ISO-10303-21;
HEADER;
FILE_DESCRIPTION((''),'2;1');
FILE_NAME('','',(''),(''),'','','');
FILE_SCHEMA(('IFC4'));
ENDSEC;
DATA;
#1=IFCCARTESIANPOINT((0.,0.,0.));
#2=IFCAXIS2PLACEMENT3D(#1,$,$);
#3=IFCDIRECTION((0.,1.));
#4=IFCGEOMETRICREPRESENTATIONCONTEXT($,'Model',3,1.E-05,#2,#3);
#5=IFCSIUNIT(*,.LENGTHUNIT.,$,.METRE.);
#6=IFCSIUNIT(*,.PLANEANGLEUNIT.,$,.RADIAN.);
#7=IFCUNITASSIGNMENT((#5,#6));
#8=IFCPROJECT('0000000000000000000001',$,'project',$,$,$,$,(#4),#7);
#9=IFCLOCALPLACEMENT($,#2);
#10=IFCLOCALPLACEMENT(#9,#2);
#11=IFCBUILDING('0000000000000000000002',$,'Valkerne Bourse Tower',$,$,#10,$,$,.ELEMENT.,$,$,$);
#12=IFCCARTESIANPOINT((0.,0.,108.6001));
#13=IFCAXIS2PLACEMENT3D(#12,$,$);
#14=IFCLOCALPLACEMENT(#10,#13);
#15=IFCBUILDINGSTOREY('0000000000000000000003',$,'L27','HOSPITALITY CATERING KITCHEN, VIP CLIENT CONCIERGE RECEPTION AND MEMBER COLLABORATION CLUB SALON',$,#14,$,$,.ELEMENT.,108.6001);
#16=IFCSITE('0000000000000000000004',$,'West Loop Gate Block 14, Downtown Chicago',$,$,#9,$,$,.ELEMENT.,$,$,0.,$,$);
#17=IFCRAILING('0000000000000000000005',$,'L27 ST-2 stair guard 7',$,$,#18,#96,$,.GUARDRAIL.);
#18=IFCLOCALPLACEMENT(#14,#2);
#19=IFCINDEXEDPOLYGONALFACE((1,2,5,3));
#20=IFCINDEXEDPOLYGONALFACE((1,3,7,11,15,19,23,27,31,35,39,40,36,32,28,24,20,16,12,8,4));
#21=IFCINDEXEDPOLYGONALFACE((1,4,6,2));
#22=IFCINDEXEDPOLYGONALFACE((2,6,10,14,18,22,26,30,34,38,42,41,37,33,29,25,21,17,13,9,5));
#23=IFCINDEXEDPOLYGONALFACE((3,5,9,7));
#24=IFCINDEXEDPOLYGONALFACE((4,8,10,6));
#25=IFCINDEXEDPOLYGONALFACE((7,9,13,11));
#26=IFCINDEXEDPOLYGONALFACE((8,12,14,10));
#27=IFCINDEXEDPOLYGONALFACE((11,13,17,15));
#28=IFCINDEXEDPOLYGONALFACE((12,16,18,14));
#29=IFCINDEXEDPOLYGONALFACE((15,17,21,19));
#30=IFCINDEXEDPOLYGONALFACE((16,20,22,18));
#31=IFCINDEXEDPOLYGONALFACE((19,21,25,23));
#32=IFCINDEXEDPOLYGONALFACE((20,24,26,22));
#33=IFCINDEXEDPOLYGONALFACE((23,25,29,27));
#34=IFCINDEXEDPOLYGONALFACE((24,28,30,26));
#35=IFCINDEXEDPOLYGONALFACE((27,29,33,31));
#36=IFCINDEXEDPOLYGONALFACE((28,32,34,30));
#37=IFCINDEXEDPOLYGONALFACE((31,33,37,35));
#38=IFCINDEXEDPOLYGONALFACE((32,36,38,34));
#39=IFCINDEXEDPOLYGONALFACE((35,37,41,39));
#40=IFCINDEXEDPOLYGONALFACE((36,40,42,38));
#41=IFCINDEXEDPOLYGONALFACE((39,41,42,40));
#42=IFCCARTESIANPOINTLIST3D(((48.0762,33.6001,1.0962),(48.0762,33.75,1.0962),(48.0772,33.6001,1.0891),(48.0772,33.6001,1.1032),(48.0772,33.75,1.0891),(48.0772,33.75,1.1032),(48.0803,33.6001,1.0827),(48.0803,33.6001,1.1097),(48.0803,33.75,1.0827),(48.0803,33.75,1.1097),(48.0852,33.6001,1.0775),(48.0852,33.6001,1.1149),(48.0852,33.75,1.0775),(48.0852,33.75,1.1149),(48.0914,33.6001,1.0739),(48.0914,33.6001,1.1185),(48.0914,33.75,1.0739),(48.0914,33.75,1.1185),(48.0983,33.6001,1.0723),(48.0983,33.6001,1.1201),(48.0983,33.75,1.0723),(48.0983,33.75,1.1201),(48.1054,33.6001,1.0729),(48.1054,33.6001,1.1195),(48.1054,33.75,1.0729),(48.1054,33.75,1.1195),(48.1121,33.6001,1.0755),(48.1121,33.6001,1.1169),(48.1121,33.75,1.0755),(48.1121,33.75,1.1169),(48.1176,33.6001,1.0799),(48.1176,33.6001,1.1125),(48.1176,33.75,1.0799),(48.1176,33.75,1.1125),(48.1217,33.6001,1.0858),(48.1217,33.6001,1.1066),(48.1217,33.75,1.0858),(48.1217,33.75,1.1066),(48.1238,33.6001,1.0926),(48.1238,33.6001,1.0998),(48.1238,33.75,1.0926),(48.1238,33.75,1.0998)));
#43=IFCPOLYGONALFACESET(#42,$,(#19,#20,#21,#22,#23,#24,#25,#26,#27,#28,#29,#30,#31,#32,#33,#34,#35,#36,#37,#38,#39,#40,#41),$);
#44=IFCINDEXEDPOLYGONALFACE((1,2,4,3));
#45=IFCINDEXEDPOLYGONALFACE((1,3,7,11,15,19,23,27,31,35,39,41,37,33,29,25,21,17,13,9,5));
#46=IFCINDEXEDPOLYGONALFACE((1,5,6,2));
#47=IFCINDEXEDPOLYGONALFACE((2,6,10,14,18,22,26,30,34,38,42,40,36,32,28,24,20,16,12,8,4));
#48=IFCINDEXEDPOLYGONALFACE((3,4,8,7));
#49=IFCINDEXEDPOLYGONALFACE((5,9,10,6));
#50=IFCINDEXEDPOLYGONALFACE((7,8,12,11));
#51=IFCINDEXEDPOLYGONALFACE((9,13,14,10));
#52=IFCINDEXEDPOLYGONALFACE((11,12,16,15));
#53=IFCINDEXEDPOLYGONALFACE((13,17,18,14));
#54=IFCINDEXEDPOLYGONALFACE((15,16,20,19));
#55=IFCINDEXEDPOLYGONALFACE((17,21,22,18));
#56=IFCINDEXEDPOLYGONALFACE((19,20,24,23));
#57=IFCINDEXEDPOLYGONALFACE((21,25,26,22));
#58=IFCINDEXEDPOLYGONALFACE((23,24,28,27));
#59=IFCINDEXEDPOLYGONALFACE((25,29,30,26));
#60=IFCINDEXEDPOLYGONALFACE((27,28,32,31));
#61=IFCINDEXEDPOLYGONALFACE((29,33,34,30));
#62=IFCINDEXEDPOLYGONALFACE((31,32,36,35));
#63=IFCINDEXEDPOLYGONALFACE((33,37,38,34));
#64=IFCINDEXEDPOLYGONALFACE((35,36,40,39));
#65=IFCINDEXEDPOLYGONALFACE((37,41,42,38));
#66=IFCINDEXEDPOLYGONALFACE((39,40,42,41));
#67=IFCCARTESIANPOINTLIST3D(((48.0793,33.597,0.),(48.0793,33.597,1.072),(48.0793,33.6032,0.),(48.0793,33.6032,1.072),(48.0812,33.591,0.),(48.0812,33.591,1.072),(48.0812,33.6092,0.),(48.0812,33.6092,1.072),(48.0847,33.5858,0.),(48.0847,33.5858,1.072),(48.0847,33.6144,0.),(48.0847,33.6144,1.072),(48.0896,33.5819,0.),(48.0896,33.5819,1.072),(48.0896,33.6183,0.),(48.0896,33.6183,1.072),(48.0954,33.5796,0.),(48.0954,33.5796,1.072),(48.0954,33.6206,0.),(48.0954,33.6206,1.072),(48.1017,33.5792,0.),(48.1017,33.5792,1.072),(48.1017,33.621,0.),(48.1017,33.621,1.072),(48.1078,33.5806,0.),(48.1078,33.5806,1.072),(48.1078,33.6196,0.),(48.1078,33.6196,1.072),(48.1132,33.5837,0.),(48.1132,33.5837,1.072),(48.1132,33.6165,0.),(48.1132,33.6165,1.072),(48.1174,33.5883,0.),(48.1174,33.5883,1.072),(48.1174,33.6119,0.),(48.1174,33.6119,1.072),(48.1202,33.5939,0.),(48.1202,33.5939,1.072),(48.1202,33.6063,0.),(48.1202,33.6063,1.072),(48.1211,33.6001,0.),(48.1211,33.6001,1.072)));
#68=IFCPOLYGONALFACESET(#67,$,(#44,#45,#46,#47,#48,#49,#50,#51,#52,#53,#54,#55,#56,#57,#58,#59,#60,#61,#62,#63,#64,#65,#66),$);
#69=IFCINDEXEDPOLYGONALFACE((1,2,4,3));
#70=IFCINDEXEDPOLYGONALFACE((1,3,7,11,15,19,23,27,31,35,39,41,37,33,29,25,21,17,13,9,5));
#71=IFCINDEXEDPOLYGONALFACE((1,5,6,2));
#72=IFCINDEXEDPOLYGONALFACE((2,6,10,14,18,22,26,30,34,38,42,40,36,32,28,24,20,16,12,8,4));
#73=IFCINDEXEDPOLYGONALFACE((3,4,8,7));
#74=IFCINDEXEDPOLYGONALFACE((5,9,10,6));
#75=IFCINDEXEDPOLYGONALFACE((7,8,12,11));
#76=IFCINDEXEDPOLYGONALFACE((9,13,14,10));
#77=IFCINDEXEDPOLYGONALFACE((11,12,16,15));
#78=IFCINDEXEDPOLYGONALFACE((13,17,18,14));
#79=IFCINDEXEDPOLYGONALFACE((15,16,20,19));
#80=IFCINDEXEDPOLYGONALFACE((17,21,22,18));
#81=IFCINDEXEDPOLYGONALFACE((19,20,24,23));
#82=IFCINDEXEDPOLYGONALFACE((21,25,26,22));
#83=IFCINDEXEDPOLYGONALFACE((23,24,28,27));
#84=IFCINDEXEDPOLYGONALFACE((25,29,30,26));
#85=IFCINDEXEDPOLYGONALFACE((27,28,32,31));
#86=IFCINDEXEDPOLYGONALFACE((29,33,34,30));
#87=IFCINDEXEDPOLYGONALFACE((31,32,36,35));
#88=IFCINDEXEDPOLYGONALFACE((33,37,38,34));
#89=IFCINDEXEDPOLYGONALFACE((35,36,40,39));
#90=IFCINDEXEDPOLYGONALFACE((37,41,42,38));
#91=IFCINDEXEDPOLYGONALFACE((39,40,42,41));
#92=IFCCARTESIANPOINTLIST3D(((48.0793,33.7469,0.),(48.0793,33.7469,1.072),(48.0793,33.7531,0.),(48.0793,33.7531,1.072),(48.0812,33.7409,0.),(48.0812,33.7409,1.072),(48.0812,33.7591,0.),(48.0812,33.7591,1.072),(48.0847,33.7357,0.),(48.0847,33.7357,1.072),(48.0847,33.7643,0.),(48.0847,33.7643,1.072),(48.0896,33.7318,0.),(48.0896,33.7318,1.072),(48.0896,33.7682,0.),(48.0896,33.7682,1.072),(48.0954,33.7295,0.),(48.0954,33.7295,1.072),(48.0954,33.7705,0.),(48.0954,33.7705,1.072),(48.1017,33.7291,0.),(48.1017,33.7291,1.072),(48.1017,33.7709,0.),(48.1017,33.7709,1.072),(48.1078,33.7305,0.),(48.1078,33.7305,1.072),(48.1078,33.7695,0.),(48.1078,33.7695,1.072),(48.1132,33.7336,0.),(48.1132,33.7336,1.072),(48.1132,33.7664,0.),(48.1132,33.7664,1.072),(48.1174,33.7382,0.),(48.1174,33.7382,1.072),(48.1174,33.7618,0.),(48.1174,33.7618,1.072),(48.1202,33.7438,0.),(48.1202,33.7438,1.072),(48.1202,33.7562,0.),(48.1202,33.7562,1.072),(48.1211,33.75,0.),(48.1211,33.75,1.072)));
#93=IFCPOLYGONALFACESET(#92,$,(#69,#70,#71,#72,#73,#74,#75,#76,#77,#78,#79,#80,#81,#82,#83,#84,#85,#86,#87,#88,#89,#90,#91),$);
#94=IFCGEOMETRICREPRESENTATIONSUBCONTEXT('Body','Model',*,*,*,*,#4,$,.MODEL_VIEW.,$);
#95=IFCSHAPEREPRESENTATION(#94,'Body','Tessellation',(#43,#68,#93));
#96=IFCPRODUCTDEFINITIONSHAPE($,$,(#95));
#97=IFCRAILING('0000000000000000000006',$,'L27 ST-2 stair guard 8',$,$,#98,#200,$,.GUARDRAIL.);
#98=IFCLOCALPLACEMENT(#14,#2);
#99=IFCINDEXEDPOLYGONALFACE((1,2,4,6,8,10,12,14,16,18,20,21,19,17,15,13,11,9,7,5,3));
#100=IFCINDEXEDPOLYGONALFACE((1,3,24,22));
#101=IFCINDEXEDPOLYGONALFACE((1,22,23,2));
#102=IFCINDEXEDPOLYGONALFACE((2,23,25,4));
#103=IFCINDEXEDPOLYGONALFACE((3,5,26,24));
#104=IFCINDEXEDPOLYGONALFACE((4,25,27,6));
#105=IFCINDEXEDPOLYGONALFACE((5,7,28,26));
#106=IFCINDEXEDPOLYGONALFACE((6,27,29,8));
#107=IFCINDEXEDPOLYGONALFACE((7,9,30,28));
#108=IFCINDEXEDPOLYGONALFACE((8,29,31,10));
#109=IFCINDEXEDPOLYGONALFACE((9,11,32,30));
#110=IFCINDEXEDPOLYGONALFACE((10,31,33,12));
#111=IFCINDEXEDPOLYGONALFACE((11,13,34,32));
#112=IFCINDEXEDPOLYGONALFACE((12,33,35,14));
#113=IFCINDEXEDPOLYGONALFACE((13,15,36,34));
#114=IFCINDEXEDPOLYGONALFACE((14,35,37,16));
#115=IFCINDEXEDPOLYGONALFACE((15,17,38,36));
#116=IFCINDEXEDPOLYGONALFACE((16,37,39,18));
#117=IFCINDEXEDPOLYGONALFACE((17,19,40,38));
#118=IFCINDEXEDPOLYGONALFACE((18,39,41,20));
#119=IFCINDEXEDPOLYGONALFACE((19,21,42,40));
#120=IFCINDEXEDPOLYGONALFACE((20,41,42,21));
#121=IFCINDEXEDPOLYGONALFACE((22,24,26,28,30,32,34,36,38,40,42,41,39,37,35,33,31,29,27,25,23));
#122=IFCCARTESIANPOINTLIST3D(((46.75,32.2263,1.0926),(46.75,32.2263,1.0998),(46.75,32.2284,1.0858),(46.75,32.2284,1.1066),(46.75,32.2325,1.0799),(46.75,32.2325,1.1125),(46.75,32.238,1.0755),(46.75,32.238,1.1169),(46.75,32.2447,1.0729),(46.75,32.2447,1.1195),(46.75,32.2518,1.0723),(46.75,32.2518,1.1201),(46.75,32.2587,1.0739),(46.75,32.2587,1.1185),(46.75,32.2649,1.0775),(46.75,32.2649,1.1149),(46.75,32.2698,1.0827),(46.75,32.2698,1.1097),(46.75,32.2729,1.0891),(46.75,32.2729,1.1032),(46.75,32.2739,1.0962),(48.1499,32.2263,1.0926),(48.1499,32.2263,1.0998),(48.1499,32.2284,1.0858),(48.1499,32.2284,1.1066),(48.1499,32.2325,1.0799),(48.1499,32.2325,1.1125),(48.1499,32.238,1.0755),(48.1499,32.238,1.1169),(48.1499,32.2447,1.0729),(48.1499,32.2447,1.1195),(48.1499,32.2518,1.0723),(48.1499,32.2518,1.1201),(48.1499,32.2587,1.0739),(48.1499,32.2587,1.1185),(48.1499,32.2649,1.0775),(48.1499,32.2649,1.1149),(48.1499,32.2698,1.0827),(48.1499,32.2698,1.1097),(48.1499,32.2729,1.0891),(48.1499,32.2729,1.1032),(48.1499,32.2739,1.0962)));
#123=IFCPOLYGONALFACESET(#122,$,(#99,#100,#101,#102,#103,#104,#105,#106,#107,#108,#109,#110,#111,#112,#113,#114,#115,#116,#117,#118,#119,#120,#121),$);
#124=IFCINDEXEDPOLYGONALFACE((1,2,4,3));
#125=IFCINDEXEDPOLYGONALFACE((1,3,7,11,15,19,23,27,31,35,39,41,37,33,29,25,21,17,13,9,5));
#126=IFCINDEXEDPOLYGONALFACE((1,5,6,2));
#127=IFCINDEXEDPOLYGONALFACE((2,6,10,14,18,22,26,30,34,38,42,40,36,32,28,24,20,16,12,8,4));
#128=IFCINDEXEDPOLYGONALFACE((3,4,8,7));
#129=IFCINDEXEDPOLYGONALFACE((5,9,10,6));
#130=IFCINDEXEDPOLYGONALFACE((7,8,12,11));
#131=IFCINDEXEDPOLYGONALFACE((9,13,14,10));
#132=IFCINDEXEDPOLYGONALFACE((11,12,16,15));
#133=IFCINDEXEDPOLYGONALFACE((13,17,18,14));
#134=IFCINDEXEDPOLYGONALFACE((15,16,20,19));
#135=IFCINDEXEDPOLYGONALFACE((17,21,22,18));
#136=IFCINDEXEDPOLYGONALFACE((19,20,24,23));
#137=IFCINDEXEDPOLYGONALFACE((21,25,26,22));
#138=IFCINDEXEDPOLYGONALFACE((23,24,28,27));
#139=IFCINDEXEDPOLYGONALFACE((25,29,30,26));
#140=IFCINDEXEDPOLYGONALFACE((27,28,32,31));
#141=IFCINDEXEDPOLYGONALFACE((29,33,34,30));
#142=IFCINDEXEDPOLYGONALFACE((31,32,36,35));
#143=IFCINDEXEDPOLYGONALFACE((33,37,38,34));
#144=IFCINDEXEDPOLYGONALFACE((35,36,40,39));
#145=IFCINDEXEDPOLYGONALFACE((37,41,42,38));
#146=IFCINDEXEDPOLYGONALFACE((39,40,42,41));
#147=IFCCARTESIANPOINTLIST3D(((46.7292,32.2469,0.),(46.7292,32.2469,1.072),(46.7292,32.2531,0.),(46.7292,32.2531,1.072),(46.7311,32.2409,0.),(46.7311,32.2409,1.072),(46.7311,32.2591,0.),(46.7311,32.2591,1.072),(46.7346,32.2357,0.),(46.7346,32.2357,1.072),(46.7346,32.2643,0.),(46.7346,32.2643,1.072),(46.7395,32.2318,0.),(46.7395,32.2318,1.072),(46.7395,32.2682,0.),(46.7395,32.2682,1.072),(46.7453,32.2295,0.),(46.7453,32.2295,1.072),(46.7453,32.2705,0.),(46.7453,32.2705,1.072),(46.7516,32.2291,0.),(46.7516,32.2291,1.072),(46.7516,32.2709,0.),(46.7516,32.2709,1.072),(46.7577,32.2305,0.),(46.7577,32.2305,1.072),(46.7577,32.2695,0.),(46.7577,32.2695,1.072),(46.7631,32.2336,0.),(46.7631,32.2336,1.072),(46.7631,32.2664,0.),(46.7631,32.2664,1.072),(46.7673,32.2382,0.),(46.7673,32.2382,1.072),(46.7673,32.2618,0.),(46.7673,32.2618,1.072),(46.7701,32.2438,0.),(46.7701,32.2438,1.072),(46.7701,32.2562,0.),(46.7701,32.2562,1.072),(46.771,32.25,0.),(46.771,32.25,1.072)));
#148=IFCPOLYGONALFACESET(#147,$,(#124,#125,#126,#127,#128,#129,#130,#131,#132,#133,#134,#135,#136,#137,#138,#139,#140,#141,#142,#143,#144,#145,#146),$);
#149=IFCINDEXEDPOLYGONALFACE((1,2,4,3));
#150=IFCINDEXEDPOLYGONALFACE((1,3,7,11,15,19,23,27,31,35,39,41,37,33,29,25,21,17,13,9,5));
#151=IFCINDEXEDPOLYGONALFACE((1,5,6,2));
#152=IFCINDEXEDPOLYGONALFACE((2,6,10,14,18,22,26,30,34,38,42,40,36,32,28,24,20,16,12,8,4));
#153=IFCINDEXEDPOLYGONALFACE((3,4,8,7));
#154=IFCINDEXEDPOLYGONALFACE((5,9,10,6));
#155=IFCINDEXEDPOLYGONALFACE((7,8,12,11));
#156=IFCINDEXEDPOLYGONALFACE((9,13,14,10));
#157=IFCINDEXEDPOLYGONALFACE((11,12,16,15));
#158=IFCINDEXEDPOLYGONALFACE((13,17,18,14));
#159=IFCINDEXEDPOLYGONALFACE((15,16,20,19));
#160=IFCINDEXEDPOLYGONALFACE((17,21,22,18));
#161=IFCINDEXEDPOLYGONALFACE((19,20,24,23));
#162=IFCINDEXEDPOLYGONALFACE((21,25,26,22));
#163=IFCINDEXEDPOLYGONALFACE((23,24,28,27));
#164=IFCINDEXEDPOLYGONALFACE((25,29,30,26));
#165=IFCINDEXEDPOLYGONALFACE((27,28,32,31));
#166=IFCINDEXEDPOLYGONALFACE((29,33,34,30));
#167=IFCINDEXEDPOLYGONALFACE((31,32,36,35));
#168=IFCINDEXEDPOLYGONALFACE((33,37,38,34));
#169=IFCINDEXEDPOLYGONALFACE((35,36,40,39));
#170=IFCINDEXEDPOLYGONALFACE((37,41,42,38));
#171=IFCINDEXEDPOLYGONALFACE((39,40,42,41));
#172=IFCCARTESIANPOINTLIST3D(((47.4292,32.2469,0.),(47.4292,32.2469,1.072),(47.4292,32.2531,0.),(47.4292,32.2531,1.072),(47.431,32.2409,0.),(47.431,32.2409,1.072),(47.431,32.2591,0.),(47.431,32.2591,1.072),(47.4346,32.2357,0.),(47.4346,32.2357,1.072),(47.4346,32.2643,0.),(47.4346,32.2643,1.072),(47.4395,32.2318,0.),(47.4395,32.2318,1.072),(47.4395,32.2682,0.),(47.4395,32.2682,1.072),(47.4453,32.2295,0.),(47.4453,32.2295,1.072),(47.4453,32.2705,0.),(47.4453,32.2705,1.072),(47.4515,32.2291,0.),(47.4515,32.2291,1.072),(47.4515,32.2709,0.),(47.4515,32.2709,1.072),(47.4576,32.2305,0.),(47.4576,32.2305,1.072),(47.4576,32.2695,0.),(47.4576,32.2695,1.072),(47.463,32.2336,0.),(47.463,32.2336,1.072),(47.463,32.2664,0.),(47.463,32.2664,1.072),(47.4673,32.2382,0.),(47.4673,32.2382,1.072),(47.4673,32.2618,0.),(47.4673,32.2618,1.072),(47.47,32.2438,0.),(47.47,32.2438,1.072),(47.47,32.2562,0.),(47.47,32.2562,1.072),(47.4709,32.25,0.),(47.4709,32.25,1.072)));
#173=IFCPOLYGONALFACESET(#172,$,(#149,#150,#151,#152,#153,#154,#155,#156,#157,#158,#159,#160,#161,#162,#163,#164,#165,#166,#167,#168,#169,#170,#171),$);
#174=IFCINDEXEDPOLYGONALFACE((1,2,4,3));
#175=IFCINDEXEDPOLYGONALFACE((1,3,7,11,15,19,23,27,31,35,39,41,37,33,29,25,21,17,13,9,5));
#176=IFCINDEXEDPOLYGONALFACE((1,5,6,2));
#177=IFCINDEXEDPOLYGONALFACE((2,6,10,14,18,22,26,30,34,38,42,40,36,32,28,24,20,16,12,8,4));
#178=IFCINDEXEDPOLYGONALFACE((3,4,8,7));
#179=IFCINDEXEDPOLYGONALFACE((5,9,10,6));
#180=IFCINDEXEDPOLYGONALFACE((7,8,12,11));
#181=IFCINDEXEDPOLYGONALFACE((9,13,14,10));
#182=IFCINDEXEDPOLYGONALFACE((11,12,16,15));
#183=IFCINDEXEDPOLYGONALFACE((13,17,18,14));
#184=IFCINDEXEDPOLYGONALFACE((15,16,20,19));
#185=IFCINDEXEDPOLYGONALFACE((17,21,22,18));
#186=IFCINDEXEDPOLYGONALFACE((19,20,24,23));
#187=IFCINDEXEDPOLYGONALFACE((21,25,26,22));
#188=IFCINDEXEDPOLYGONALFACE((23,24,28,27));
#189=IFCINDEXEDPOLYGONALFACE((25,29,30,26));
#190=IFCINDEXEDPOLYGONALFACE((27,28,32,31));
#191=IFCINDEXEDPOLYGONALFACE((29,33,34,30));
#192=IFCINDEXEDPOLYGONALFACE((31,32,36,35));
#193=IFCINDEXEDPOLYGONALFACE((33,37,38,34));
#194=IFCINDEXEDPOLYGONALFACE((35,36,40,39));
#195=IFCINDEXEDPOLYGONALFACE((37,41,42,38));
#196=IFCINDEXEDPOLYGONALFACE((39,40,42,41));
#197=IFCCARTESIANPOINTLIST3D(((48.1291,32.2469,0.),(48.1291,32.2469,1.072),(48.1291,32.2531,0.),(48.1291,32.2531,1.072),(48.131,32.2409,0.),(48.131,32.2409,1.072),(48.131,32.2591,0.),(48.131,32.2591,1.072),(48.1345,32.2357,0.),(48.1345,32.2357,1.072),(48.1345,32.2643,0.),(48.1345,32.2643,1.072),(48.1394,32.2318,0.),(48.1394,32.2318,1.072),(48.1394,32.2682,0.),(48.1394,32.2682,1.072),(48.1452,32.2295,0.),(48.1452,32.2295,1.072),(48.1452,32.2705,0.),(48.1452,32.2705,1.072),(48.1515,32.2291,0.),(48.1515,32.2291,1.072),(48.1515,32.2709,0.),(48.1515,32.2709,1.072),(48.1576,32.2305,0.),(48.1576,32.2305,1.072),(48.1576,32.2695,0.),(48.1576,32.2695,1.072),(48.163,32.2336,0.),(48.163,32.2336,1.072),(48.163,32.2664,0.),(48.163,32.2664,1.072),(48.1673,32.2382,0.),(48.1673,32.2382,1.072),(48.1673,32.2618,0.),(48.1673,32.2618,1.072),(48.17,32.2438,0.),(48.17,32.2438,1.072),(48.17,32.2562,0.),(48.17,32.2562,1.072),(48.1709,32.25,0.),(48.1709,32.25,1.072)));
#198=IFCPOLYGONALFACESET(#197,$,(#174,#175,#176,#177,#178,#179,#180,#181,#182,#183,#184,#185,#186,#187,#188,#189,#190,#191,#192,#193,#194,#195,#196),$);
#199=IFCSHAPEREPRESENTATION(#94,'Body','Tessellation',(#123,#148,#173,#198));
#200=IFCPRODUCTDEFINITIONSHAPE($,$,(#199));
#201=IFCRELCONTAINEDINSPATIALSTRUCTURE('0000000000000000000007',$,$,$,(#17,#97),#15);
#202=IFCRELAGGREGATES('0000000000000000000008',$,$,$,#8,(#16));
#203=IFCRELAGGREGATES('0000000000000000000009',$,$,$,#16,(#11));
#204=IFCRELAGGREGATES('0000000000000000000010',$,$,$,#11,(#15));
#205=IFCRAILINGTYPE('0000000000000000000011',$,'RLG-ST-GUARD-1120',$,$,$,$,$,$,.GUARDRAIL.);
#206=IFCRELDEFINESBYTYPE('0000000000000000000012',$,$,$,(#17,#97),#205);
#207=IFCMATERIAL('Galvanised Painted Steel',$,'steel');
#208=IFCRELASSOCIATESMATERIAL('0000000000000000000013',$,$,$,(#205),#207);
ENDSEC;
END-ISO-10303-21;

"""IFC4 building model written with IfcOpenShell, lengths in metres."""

from ifc_helpers import new_model, si_unit, direction, frame, origin, origin_2d, place, context, subcontext, project, spatial, circle, extrude, material, type_object, element, save


model = new_model("IFC4")

# Units and contexts
model_context = context("Model", 3, precision=1e-05, world=origin(), true_north=direction((0.0, 1.0)))
body_context = subcontext(model_context, "Body", "Model", "MODEL_VIEW")
ifc_project = project(units=[si_unit("LENGTHUNIT", "METRE"), si_unit("PLANEANGLEUNIT", "RADIAN")], contexts=[model_context])

# Site, building, storey
site_placement = place(None, origin())
site = spatial("IfcSite", under=ifc_project, at=site_placement, Name="West Loop Gate Block 14, Downtown Chicago", CompositionType="ELEMENT", RefElevation=0.0)
building_placement = place(site_placement, origin())
building = spatial("IfcBuilding", under=site, at=building_placement, Name="Valkerne Bourse Tower", CompositionType="ELEMENT")
storey_placement = place(building_placement, frame((0.0, 0.0, 108.6001)))
storey = spatial("IfcBuildingStorey", under=building, at=storey_placement, Name="L27", Description="HOSPITALITY CATERING KITCHEN, VIP CLIENT CONCIERGE RECEPTION AND MEMBER COLLABORATION CLUB SALON", CompositionType="ELEMENT", Elevation=108.6001)

# Shared definitions
ifc_material_1 = material(Name="Galvanised Painted Steel", Category="steel")

# Railings
railing_type_1 = type_object("IfcRailingType", Name="RLG-ST-GUARD-1120", PredefinedType="GUARDRAIL", material=ifc_material_1)
railing_1_placement = place(storey_placement, frame((48.1001, 33.6001, 0.0)))
element("IfcRailing", 1, at=railing_1_placement, inside=storey, type_object=railing_type_1, Name="L27 ST-2 stair guard 7", PredefinedType="GUARDRAIL", context=body_context, shape_type="SweptSolid", body=[
    extrude(circle(Radius=0.0239, at=origin_2d()), frame((0.0, 0.0, 1.0962), z_axis=(0.0, 1.0, 0.0), x_axis=(-1.0, 0.0, 0.0)), (0.0, 0.0, 1.0), 0.1499),
    extrude(circle(Radius=0.021, at=origin_2d()), origin(), (0.0, 0.0, 1.0), 1.072),
    extrude(circle(Radius=0.021, at=origin_2d()), frame((0.0, 0.1499, 0.0)), (0.0, 0.0, 1.0), 1.072),
])
for number, where, name in (
    (2, (46.75, 32.25, 0.0), "L27 ST-2 stair guard 8"),
):
    element("IfcRailing", number, at=place(storey_placement, frame(where)), inside=storey, type_object=railing_type_1, Name=name, PredefinedType="GUARDRAIL", context=body_context, shape_type="SweptSolid", body=[
        extrude(circle(Radius=0.0239, at=origin_2d()), frame((0.0, 0.0, 1.0962), z_axis=(1.0, 0.0, 0.0), x_axis=(0.0, 1.0, 0.0)), (0.0, 0.0, 1.0), 1.3999),
        extrude(circle(Radius=0.021, at=origin_2d()), origin(), (0.0, 0.0, 1.0), 1.072),
        extrude(circle(Radius=0.021, at=origin_2d()), frame((0.7, 0.0, 0.0)), (0.0, 0.0, 1.0), 1.072),
        extrude(circle(Radius=0.021, at=origin_2d()), frame((1.3999, 0.0, 0.0)), (0.0, 0.0, 1.0), 1.072),
    ])

save(model, "model.ifc")
